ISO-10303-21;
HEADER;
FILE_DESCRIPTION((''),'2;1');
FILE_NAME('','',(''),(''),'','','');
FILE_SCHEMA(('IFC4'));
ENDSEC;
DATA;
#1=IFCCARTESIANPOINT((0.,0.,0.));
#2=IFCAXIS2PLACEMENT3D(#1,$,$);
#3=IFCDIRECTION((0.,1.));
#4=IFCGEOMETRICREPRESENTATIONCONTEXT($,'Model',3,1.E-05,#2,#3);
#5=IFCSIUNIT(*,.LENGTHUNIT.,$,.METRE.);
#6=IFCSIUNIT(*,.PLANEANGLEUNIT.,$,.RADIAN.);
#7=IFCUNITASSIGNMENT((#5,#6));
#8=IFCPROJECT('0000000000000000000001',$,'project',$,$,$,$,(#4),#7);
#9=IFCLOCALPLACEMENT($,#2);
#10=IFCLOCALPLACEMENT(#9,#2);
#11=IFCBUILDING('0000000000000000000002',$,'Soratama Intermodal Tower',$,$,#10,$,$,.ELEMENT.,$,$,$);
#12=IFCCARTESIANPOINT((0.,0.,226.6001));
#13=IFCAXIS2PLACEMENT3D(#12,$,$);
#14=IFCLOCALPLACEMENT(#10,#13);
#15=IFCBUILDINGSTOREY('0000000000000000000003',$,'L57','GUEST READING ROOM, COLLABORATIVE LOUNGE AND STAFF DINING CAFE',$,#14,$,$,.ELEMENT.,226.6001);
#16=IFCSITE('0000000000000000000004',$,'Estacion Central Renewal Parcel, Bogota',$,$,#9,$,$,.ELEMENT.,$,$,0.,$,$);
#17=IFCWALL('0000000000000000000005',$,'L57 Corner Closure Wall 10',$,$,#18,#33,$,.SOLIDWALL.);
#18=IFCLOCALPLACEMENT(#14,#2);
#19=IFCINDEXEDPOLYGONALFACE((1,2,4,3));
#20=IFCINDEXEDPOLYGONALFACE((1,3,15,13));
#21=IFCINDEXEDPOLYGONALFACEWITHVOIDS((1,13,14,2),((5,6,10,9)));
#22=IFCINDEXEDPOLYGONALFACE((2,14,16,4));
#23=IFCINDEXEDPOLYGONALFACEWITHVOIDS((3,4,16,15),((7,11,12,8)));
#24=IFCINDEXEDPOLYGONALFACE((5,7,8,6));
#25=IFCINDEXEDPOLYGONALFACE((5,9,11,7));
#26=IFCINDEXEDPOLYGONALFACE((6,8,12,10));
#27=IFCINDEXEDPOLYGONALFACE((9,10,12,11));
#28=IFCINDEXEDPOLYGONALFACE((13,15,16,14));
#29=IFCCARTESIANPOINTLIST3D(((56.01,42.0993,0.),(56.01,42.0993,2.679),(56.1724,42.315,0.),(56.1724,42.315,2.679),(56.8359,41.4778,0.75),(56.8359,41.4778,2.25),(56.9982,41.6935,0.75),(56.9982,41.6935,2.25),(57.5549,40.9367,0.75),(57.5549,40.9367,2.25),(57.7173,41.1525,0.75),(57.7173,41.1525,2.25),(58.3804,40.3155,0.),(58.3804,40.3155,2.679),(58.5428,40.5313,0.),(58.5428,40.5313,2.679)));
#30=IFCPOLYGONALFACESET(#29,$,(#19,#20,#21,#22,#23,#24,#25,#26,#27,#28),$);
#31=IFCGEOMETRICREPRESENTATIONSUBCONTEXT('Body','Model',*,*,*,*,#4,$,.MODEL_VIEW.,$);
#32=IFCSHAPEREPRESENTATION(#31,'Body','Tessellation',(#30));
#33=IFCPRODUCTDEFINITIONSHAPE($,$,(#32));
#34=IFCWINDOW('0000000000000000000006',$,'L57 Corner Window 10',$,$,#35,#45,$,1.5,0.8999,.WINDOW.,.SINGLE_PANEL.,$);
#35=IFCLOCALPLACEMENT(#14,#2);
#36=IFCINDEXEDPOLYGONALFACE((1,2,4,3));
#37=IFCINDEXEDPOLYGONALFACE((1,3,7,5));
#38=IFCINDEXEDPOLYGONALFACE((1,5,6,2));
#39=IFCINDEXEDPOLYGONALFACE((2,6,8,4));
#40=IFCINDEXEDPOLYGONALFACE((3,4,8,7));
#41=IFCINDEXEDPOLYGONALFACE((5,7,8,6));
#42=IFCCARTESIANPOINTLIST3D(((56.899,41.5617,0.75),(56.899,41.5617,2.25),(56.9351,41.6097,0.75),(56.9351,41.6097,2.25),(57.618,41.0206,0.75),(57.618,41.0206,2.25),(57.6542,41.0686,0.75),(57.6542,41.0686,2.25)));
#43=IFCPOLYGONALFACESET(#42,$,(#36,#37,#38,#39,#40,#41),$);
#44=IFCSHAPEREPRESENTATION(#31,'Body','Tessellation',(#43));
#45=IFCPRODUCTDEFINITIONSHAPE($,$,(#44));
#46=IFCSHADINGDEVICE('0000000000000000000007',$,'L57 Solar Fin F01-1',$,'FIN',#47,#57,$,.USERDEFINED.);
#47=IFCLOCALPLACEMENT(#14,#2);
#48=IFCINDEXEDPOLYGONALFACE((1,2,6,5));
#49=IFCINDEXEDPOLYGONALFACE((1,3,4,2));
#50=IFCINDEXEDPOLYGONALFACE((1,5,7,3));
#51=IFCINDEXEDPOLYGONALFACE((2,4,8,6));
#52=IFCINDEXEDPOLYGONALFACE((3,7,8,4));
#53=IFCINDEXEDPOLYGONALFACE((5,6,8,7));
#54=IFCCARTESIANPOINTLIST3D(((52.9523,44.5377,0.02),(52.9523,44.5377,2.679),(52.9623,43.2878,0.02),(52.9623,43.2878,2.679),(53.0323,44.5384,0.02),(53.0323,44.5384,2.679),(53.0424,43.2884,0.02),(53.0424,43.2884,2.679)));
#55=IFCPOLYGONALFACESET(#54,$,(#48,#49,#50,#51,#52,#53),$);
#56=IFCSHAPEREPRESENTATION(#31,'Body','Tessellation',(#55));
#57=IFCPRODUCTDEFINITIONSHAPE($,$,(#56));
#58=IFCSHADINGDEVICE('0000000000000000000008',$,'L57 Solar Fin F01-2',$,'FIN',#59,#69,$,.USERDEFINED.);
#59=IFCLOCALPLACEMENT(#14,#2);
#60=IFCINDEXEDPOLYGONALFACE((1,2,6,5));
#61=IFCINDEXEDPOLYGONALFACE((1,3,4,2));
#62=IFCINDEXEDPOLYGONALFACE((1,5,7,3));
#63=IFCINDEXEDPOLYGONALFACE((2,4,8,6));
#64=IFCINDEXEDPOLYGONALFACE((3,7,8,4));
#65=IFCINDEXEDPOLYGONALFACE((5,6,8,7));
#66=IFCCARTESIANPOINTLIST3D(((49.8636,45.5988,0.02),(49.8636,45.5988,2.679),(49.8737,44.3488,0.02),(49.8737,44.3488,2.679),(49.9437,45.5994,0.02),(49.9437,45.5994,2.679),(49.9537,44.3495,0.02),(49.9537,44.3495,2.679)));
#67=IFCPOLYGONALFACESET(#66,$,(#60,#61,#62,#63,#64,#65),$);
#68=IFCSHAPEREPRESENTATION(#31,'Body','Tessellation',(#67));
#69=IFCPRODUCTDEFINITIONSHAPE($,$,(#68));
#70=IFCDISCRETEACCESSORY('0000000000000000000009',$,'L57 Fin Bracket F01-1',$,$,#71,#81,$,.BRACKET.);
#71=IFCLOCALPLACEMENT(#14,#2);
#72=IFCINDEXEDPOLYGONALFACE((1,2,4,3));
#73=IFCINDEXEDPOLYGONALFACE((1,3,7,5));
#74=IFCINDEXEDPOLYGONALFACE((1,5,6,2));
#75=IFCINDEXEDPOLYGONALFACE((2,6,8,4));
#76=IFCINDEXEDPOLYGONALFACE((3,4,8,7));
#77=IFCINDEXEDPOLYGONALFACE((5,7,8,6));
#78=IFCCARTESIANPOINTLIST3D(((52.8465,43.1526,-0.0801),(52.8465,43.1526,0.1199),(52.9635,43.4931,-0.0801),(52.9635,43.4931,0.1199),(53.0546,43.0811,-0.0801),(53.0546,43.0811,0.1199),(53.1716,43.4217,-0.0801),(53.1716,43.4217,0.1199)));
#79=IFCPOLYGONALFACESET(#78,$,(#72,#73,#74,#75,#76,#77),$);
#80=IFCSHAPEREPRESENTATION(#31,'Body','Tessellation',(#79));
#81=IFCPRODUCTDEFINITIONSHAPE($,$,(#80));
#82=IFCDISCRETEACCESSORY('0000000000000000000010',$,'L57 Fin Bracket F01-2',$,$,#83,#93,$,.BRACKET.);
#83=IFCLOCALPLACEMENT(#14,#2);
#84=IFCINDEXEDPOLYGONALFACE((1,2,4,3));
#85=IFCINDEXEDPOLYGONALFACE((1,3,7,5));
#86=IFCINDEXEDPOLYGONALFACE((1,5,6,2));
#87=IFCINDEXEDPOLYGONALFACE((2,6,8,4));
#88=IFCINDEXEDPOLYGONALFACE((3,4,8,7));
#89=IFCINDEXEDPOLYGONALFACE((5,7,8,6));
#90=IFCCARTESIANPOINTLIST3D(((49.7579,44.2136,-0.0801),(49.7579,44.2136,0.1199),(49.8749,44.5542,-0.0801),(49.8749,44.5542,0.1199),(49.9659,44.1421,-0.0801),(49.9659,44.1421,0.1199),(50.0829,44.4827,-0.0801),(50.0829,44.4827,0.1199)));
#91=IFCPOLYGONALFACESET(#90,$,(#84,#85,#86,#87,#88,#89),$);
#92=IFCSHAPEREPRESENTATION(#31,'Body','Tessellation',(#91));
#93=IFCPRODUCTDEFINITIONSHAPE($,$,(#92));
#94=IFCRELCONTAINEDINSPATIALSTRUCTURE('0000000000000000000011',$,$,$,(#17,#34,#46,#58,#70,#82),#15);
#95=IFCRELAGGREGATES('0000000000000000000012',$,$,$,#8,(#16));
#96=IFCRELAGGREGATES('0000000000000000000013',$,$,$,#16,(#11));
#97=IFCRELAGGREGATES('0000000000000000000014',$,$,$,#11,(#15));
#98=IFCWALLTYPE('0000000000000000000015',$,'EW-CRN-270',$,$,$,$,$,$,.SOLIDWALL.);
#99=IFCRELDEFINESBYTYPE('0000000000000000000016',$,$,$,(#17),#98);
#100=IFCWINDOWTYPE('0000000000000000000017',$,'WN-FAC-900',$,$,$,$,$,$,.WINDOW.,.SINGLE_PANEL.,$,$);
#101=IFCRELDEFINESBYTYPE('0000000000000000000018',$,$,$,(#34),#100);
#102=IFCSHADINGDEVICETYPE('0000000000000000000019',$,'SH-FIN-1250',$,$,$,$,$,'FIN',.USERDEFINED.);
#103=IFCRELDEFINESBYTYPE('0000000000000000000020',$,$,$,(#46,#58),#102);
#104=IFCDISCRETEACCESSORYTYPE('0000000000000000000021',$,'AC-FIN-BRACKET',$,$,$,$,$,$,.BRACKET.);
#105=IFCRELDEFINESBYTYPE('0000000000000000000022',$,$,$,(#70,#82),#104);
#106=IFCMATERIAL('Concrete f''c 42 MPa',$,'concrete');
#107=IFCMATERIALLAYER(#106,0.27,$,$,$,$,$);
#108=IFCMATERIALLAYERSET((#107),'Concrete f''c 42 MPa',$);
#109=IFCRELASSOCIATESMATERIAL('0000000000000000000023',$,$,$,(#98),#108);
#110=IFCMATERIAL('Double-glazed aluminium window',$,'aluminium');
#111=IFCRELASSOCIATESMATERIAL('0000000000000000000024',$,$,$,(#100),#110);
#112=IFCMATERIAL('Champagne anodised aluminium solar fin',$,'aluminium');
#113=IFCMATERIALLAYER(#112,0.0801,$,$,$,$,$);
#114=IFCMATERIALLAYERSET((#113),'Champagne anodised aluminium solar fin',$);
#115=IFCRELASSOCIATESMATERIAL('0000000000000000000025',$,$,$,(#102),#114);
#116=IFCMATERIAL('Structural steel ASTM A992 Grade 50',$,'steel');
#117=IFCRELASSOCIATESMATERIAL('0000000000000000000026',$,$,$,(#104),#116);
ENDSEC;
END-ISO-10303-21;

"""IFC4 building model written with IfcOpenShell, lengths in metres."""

from ifc_helpers import new_model, si_unit, direction, frame, frame_2d, origin, origin_2d, place, context, subcontext, project, spatial, rectangle, extrude, material, layer, layer_set, type_object, element, fill, save


model = new_model("IFC4")

# Units and contexts
model_context = context("Model", 3, precision=1e-05, world=origin(), true_north=direction((0.0, 1.0)))
body_context = subcontext(model_context, "Body", "Model", "MODEL_VIEW")
ifc_project = project(units=[si_unit("LENGTHUNIT", "METRE"), si_unit("PLANEANGLEUNIT", "RADIAN")], contexts=[model_context])

# Site, building, storey
site_placement = place(None, origin())
site = spatial("IfcSite", under=ifc_project, at=site_placement, Name="Estacion Central Renewal Parcel, Bogota", CompositionType="ELEMENT", RefElevation=0.0)
building_placement = place(site_placement, origin())
building = spatial("IfcBuilding", under=site, at=building_placement, Name="Soratama Intermodal Tower", CompositionType="ELEMENT")
storey_placement = place(building_placement, frame((0.0, 0.0, 226.6001)))
storey = spatial("IfcBuildingStorey", under=building, at=storey_placement, Name="L57", Description="GUEST READING ROOM, COLLABORATIVE LOUNGE AND STAFF DINING CAFE", CompositionType="ELEMENT", Elevation=226.6001)

# Wall, opening, window
ifc_material_1 = material(Name="Concrete f'c 42 MPa", Category="concrete")
ifc_layer_1 = layer(ifc_material_1, 0.27)
ifc_layer_set_1 = layer_set([ifc_layer_1], Name="Concrete f'c 42 MPa")
wall_type = type_object("IfcWallType", Name="EW-CRN-270", PredefinedType="SOLIDWALL", material=ifc_layer_set_1)
wall_placement = place(storey_placement, frame((58.4617, 40.4233, 0.0), z_axis=(0.0, 0.0, 1.0), x_axis=(-0.799041, 0.601277, 0.0)))
wall = element("IfcWall", 1, at=wall_placement, inside=storey, type_object=wall_type, Name="L57 Corner Closure Wall 10", PredefinedType="SOLIDWALL", context=body_context, shape_type="SweptSolid", body=[
    extrude(rectangle(XDim=2.9666, YDim=0.27, at=frame_2d((1.4834, 0.0))), origin(), (0.0, 0.0, 1.0), 2.679),
])
opening_placement = place(wall_placement, frame((1.0332, 0.0, 0.75)))
opening = element("IfcOpeningElement", 2, at=opening_placement, cuts=wall, PredefinedType="OPENING", context=body_context, shape_type="SweptSolid", body=[
    extrude(rectangle(XDim=0.8999, YDim=1.5, at=frame_2d((0.45, 0.75))), frame((0.0, 0.145, 0.0), z_axis=(0.0, -1.0, 0.0), x_axis=(1.0, 0.0, 0.0)), (0.0, 0.0, 1.0), 0.29),
])
ifc_material_2 = material(Name="Double-glazed aluminium window", Category="aluminium")
window_type = type_object("IfcWindowType", Name="WN-FAC-900", PartitioningType="SINGLE_PANEL", PredefinedType="WINDOW", material=ifc_material_2)
window_placement = place(opening_placement, origin())
window = element("IfcWindow", 3, at=window_placement, inside=storey, type_object=window_type, Name="L57 Corner Window 10", OverallHeight=1.5, OverallWidth=0.8999, PartitioningType="SINGLE_PANEL", PredefinedType="WINDOW", context=body_context, shape_type="SweptSolid", body=[
    extrude(rectangle(XDim=0.8999, YDim=1.5, at=frame_2d((0.45, 0.75))), frame((0.0, 0.03, 0.0), z_axis=(0.0, -1.0, 0.0), x_axis=(1.0, 0.0, 0.0)), (0.0, 0.0, 1.0), 0.0601),
])
fill(opening, window)

# Shading devices
ifc_material_3 = material(Name="Champagne anodised aluminium solar fin", Category="aluminium")
ifc_layer_2 = layer(ifc_material_3, 0.0801)
ifc_layer_set_2 = layer_set([ifc_layer_2], Name="Champagne anodised aluminium solar fin")
shading_device_type = type_object("IfcShadingDeviceType", Name="SH-FIN-1250", ElementType="FIN", PredefinedType="USERDEFINED", material=ifc_layer_set_2)
for number, where, z_axis, x_axis, name in (
    (4, (52.9973, 43.9131, 0.02), (0.0, 0.0, 1.0), (-0.008028, 0.999968, 0.0), "L57 Solar Fin F01-1"),
    (5, (49.9087, 44.9741, 0.02), (0.0, 0.0, 1.0), (-0.008028, 0.999968, 0.0), "L57 Solar Fin F01-2"),
):
    element("IfcShadingDevice", number, at=place(storey_placement, frame(where, z_axis=z_axis, x_axis=x_axis)), inside=storey, type_object=shading_device_type, Name=name, ObjectType="FIN", PredefinedType="USERDEFINED", context=body_context, shape_type="SweptSolid", body=[
        extrude(rectangle(XDim=1.25, YDim=0.0801, at=origin_2d()), origin(), (0.0, 0.0, 1.0), 2.6589),
    ])

# Discrete accessories
ifc_material_4 = material(Name="Structural steel ASTM A992 Grade 50", Category="steel")
discrete_accessory_type = type_object("IfcDiscreteAccessoryType", Name="AC-FIN-BRACKET", PredefinedType="BRACKET", material=ifc_material_4)
for number, where, z_axis, x_axis, name in (
    (6, (53.009, 43.2871, -0.0801), (0.0, 0.0, 1.0), (0.324908, 0.945746, 0.0), "L57 Fin Bracket F01-1"),
    (7, (49.9204, 44.3481, -0.0801), (0.0, 0.0, 1.0), (0.324908, 0.945746, 0.0), "L57 Fin Bracket F01-2"),
):
    element("IfcDiscreteAccessory", number, at=place(storey_placement, frame(where, z_axis=z_axis, x_axis=x_axis)), inside=storey, type_object=discrete_accessory_type, Name=name, PredefinedType="BRACKET", context=body_context, shape_type="SweptSolid", body=[
        extrude(rectangle(XDim=0.3601, YDim=0.22, at=origin_2d()), origin(), (0.0, 0.0, 1.0), 0.2),
    ])

save(model, "model.ifc")
